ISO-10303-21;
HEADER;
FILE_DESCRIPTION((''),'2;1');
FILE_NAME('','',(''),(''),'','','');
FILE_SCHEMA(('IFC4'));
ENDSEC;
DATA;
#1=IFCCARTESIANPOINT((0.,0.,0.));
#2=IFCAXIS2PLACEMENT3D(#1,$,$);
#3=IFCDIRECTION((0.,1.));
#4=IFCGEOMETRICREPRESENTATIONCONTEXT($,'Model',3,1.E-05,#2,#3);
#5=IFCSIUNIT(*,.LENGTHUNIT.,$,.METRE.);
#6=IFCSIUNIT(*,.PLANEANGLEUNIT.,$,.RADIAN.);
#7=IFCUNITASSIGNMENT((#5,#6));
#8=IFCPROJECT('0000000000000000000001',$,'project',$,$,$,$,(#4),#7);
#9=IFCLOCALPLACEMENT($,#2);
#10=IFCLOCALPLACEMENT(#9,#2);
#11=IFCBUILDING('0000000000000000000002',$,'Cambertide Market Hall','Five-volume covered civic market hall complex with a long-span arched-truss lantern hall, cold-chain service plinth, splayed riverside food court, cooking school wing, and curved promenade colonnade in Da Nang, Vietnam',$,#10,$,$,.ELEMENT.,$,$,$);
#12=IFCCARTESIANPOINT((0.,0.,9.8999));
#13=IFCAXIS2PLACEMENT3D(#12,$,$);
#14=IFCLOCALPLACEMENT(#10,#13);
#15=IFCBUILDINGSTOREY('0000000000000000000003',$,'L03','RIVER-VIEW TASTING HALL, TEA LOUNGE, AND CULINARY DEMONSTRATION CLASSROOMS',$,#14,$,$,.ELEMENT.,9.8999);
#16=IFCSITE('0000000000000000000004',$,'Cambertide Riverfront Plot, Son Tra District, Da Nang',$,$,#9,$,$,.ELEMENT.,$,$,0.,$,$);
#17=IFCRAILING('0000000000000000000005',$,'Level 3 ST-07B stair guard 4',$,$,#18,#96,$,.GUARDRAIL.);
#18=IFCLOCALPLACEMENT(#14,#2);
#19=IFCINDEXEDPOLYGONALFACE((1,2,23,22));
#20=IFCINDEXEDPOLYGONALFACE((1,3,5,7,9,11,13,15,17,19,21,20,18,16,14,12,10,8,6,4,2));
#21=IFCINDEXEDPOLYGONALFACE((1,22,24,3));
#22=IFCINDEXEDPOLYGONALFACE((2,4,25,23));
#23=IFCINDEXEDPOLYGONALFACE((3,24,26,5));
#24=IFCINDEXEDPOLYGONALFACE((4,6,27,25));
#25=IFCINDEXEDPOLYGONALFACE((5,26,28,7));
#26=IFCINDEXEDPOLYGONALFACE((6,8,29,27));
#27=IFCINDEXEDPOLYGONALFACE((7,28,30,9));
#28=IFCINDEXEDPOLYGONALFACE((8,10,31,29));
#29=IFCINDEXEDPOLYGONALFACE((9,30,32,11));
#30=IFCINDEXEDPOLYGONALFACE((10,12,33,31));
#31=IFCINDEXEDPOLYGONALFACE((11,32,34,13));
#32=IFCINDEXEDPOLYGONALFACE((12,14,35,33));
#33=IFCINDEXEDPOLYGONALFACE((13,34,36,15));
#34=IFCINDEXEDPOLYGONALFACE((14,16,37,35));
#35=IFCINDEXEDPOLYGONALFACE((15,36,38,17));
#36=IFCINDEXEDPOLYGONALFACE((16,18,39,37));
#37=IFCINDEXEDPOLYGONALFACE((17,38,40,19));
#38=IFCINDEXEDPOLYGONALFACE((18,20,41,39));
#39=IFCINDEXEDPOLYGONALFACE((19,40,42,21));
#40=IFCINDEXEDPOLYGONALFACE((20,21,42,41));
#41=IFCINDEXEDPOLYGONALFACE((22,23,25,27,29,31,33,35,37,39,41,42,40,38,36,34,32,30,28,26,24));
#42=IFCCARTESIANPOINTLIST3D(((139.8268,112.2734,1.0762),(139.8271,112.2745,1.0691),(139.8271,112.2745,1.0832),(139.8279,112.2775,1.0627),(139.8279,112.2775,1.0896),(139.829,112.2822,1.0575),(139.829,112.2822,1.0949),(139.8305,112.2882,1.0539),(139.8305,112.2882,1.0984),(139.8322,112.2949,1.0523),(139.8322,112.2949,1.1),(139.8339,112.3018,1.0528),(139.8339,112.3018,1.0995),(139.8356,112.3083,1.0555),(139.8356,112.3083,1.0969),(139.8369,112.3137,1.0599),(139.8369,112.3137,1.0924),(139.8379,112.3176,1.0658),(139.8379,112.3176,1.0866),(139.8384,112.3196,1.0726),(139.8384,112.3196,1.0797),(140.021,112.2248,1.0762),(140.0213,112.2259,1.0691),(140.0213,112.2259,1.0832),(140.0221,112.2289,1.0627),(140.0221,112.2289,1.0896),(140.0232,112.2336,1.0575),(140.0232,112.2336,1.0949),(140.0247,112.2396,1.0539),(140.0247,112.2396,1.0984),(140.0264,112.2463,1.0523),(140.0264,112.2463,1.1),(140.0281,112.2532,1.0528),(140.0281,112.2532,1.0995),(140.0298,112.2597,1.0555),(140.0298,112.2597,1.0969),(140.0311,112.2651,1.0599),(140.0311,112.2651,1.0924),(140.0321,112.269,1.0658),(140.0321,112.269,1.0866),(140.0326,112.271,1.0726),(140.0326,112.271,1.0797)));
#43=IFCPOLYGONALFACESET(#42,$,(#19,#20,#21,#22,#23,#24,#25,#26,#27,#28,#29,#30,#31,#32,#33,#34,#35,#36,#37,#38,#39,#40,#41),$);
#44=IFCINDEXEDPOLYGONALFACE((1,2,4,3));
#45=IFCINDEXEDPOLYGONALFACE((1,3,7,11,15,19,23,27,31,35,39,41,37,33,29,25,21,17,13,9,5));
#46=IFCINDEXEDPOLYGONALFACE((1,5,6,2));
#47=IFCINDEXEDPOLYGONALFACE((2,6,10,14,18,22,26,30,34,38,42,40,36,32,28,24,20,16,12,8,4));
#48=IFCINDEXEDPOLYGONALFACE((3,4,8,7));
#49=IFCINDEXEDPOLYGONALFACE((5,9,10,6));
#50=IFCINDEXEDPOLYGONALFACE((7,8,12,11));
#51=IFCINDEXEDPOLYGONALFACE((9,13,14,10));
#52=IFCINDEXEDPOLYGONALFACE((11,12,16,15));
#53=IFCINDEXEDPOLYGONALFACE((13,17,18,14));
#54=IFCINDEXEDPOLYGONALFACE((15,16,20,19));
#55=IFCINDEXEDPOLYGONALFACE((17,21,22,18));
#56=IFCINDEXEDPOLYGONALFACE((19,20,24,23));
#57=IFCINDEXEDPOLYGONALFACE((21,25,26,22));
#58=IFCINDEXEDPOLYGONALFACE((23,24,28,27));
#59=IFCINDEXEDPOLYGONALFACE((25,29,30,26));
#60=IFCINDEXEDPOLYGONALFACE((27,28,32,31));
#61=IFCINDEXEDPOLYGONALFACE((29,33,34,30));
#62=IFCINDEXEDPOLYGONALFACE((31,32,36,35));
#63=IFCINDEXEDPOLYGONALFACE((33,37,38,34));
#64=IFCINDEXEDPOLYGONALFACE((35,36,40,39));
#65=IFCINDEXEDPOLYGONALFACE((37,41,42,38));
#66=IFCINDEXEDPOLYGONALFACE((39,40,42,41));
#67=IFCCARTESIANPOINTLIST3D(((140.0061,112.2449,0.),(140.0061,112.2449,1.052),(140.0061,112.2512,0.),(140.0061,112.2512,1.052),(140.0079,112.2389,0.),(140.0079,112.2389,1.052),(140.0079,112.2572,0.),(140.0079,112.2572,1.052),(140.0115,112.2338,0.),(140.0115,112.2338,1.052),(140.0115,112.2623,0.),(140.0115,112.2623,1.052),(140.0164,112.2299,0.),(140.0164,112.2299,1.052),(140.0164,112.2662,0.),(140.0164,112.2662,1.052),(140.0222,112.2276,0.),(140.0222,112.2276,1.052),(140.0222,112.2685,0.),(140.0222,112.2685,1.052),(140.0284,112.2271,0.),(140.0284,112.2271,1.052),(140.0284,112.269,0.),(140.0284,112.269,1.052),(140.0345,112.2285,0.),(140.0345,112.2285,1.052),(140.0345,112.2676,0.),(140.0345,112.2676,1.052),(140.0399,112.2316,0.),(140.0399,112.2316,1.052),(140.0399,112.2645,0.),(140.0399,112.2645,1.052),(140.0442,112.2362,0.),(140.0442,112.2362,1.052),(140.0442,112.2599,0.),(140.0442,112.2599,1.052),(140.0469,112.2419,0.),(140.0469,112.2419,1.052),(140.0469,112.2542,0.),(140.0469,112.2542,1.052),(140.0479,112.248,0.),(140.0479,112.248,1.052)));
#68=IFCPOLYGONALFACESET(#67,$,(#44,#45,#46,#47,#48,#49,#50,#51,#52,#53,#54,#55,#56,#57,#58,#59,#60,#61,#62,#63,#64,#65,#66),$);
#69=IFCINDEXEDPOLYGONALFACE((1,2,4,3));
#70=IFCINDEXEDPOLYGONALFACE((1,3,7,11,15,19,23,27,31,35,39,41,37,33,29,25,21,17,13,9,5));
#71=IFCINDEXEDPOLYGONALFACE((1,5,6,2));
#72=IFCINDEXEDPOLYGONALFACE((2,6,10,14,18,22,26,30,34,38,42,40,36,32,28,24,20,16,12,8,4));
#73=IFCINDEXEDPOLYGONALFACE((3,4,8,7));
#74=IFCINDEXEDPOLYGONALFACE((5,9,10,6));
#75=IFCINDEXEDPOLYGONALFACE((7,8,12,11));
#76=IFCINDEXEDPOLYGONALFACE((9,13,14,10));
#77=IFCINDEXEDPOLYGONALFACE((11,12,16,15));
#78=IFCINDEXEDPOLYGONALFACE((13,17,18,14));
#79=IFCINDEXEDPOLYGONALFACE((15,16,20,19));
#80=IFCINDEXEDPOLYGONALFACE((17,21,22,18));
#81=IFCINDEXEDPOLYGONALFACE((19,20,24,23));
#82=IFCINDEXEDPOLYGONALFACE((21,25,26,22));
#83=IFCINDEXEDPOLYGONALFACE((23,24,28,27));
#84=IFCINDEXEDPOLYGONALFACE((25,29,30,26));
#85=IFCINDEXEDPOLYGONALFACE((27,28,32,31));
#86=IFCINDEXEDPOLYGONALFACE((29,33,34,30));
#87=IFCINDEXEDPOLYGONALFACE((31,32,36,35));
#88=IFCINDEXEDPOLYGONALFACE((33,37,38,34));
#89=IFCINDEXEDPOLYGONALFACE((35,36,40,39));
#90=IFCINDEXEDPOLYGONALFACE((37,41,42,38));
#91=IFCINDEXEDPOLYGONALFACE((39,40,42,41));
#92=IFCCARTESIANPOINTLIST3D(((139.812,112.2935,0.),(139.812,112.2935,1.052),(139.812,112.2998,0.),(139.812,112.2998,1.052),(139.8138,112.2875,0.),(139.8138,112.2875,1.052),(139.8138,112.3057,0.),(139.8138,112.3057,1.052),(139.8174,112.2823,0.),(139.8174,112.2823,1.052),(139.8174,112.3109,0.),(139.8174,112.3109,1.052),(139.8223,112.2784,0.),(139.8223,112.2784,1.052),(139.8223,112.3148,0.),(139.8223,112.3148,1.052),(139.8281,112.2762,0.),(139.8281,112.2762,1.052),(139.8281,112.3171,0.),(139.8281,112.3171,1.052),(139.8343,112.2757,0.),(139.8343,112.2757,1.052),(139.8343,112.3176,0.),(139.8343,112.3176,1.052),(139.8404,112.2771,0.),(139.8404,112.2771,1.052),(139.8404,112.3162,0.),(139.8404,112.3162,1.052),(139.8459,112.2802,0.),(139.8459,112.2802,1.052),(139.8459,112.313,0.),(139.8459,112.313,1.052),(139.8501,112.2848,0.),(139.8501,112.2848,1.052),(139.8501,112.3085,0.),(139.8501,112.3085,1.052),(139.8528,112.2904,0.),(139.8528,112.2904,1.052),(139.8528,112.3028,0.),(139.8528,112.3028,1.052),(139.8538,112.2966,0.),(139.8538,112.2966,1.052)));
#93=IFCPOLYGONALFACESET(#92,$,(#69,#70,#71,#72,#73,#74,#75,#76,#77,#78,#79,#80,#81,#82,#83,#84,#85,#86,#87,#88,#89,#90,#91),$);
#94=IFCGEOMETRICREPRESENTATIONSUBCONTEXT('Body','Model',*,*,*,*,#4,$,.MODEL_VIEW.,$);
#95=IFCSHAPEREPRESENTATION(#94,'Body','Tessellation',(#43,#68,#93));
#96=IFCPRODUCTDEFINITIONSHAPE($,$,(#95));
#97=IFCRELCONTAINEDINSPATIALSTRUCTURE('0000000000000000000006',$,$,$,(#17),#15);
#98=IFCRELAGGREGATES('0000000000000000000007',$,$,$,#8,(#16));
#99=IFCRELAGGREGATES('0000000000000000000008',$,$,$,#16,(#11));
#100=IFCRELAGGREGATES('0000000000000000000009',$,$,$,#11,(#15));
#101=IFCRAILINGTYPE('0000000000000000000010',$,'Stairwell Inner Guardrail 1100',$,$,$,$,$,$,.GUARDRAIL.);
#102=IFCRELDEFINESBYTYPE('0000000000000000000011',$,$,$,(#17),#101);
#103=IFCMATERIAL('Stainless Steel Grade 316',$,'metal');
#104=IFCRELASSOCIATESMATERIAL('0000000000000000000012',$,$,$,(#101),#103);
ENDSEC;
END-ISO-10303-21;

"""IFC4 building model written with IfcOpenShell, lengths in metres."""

from ifc_helpers import new_model, si_unit, direction, frame, origin, origin_2d, place, context, subcontext, project, spatial, circle, extrude, material, type_object, element, save


model = new_model("IFC4")

# Units and contexts
model_context = context("Model", 3, precision=1e-05, world=origin(), true_north=direction((0.0, 1.0)))
body_context = subcontext(model_context, "Body", "Model", "MODEL_VIEW")
ifc_project = project(units=[si_unit("LENGTHUNIT", "METRE"), si_unit("PLANEANGLEUNIT", "RADIAN")], contexts=[model_context])

# Site, building, storey
site_placement = place(None, origin())
site = spatial("IfcSite", under=ifc_project, at=site_placement, Name="Cambertide Riverfront Plot, Son Tra District, Da Nang", CompositionType="ELEMENT", RefElevation=0.0)
building_placement = place(site_placement, origin())
building = spatial("IfcBuilding", under=site, at=building_placement, Name="Cambertide Market Hall", Description="Five-volume covered civic market hall complex with a long-span arched-truss lantern hall, cold-chain service plinth, splayed riverside food court, cooking school wing, and curved promenade colonnade in Da Nang, Vietnam", CompositionType="ELEMENT")
storey_placement = place(building_placement, frame((0.0, 0.0, 9.8999)))
storey = spatial("IfcBuildingStorey", under=building, at=storey_placement, Name="L03", Description="RIVER-VIEW TASTING HALL, TEA LOUNGE, AND CULINARY DEMONSTRATION CLASSROOMS", CompositionType="ELEMENT", Elevation=9.8999)

# Railing
ifc_material_1 = material(Name="Stainless Steel Grade 316", Category="metal")
railing_type_1 = type_object("IfcRailingType", Name="Stairwell Inner Guardrail 1100", PredefinedType="GUARDRAIL", material=ifc_material_1)
railing_1_placement = place(storey_placement, frame((140.0269, 112.248, 0.0)))
element("IfcRailing", 1, at=railing_1_placement, inside=storey, type_object=railing_type_1, Name="Level 3 ST-07B stair guard 4", PredefinedType="GUARDRAIL", context=body_context, shape_type="SweptSolid", body=[
    extrude(circle(Radius=0.0239, at=origin_2d()), frame((0.0, 0.0, 1.0762), z_axis=(-0.970071, 0.242823, 0.0), x_axis=(-0.242823, -0.970071, 0.0)), (0.0, 0.0, 1.0), 0.2002),
    extrude(circle(Radius=0.021, at=origin_2d()), origin(), (0.0, 0.0, 1.0), 1.052),
    extrude(circle(Radius=0.021, at=origin_2d()), frame((-0.1941, 0.0486, 0.0)), (0.0, 0.0, 1.0), 1.052),
])

save(model, "model.ifc")
